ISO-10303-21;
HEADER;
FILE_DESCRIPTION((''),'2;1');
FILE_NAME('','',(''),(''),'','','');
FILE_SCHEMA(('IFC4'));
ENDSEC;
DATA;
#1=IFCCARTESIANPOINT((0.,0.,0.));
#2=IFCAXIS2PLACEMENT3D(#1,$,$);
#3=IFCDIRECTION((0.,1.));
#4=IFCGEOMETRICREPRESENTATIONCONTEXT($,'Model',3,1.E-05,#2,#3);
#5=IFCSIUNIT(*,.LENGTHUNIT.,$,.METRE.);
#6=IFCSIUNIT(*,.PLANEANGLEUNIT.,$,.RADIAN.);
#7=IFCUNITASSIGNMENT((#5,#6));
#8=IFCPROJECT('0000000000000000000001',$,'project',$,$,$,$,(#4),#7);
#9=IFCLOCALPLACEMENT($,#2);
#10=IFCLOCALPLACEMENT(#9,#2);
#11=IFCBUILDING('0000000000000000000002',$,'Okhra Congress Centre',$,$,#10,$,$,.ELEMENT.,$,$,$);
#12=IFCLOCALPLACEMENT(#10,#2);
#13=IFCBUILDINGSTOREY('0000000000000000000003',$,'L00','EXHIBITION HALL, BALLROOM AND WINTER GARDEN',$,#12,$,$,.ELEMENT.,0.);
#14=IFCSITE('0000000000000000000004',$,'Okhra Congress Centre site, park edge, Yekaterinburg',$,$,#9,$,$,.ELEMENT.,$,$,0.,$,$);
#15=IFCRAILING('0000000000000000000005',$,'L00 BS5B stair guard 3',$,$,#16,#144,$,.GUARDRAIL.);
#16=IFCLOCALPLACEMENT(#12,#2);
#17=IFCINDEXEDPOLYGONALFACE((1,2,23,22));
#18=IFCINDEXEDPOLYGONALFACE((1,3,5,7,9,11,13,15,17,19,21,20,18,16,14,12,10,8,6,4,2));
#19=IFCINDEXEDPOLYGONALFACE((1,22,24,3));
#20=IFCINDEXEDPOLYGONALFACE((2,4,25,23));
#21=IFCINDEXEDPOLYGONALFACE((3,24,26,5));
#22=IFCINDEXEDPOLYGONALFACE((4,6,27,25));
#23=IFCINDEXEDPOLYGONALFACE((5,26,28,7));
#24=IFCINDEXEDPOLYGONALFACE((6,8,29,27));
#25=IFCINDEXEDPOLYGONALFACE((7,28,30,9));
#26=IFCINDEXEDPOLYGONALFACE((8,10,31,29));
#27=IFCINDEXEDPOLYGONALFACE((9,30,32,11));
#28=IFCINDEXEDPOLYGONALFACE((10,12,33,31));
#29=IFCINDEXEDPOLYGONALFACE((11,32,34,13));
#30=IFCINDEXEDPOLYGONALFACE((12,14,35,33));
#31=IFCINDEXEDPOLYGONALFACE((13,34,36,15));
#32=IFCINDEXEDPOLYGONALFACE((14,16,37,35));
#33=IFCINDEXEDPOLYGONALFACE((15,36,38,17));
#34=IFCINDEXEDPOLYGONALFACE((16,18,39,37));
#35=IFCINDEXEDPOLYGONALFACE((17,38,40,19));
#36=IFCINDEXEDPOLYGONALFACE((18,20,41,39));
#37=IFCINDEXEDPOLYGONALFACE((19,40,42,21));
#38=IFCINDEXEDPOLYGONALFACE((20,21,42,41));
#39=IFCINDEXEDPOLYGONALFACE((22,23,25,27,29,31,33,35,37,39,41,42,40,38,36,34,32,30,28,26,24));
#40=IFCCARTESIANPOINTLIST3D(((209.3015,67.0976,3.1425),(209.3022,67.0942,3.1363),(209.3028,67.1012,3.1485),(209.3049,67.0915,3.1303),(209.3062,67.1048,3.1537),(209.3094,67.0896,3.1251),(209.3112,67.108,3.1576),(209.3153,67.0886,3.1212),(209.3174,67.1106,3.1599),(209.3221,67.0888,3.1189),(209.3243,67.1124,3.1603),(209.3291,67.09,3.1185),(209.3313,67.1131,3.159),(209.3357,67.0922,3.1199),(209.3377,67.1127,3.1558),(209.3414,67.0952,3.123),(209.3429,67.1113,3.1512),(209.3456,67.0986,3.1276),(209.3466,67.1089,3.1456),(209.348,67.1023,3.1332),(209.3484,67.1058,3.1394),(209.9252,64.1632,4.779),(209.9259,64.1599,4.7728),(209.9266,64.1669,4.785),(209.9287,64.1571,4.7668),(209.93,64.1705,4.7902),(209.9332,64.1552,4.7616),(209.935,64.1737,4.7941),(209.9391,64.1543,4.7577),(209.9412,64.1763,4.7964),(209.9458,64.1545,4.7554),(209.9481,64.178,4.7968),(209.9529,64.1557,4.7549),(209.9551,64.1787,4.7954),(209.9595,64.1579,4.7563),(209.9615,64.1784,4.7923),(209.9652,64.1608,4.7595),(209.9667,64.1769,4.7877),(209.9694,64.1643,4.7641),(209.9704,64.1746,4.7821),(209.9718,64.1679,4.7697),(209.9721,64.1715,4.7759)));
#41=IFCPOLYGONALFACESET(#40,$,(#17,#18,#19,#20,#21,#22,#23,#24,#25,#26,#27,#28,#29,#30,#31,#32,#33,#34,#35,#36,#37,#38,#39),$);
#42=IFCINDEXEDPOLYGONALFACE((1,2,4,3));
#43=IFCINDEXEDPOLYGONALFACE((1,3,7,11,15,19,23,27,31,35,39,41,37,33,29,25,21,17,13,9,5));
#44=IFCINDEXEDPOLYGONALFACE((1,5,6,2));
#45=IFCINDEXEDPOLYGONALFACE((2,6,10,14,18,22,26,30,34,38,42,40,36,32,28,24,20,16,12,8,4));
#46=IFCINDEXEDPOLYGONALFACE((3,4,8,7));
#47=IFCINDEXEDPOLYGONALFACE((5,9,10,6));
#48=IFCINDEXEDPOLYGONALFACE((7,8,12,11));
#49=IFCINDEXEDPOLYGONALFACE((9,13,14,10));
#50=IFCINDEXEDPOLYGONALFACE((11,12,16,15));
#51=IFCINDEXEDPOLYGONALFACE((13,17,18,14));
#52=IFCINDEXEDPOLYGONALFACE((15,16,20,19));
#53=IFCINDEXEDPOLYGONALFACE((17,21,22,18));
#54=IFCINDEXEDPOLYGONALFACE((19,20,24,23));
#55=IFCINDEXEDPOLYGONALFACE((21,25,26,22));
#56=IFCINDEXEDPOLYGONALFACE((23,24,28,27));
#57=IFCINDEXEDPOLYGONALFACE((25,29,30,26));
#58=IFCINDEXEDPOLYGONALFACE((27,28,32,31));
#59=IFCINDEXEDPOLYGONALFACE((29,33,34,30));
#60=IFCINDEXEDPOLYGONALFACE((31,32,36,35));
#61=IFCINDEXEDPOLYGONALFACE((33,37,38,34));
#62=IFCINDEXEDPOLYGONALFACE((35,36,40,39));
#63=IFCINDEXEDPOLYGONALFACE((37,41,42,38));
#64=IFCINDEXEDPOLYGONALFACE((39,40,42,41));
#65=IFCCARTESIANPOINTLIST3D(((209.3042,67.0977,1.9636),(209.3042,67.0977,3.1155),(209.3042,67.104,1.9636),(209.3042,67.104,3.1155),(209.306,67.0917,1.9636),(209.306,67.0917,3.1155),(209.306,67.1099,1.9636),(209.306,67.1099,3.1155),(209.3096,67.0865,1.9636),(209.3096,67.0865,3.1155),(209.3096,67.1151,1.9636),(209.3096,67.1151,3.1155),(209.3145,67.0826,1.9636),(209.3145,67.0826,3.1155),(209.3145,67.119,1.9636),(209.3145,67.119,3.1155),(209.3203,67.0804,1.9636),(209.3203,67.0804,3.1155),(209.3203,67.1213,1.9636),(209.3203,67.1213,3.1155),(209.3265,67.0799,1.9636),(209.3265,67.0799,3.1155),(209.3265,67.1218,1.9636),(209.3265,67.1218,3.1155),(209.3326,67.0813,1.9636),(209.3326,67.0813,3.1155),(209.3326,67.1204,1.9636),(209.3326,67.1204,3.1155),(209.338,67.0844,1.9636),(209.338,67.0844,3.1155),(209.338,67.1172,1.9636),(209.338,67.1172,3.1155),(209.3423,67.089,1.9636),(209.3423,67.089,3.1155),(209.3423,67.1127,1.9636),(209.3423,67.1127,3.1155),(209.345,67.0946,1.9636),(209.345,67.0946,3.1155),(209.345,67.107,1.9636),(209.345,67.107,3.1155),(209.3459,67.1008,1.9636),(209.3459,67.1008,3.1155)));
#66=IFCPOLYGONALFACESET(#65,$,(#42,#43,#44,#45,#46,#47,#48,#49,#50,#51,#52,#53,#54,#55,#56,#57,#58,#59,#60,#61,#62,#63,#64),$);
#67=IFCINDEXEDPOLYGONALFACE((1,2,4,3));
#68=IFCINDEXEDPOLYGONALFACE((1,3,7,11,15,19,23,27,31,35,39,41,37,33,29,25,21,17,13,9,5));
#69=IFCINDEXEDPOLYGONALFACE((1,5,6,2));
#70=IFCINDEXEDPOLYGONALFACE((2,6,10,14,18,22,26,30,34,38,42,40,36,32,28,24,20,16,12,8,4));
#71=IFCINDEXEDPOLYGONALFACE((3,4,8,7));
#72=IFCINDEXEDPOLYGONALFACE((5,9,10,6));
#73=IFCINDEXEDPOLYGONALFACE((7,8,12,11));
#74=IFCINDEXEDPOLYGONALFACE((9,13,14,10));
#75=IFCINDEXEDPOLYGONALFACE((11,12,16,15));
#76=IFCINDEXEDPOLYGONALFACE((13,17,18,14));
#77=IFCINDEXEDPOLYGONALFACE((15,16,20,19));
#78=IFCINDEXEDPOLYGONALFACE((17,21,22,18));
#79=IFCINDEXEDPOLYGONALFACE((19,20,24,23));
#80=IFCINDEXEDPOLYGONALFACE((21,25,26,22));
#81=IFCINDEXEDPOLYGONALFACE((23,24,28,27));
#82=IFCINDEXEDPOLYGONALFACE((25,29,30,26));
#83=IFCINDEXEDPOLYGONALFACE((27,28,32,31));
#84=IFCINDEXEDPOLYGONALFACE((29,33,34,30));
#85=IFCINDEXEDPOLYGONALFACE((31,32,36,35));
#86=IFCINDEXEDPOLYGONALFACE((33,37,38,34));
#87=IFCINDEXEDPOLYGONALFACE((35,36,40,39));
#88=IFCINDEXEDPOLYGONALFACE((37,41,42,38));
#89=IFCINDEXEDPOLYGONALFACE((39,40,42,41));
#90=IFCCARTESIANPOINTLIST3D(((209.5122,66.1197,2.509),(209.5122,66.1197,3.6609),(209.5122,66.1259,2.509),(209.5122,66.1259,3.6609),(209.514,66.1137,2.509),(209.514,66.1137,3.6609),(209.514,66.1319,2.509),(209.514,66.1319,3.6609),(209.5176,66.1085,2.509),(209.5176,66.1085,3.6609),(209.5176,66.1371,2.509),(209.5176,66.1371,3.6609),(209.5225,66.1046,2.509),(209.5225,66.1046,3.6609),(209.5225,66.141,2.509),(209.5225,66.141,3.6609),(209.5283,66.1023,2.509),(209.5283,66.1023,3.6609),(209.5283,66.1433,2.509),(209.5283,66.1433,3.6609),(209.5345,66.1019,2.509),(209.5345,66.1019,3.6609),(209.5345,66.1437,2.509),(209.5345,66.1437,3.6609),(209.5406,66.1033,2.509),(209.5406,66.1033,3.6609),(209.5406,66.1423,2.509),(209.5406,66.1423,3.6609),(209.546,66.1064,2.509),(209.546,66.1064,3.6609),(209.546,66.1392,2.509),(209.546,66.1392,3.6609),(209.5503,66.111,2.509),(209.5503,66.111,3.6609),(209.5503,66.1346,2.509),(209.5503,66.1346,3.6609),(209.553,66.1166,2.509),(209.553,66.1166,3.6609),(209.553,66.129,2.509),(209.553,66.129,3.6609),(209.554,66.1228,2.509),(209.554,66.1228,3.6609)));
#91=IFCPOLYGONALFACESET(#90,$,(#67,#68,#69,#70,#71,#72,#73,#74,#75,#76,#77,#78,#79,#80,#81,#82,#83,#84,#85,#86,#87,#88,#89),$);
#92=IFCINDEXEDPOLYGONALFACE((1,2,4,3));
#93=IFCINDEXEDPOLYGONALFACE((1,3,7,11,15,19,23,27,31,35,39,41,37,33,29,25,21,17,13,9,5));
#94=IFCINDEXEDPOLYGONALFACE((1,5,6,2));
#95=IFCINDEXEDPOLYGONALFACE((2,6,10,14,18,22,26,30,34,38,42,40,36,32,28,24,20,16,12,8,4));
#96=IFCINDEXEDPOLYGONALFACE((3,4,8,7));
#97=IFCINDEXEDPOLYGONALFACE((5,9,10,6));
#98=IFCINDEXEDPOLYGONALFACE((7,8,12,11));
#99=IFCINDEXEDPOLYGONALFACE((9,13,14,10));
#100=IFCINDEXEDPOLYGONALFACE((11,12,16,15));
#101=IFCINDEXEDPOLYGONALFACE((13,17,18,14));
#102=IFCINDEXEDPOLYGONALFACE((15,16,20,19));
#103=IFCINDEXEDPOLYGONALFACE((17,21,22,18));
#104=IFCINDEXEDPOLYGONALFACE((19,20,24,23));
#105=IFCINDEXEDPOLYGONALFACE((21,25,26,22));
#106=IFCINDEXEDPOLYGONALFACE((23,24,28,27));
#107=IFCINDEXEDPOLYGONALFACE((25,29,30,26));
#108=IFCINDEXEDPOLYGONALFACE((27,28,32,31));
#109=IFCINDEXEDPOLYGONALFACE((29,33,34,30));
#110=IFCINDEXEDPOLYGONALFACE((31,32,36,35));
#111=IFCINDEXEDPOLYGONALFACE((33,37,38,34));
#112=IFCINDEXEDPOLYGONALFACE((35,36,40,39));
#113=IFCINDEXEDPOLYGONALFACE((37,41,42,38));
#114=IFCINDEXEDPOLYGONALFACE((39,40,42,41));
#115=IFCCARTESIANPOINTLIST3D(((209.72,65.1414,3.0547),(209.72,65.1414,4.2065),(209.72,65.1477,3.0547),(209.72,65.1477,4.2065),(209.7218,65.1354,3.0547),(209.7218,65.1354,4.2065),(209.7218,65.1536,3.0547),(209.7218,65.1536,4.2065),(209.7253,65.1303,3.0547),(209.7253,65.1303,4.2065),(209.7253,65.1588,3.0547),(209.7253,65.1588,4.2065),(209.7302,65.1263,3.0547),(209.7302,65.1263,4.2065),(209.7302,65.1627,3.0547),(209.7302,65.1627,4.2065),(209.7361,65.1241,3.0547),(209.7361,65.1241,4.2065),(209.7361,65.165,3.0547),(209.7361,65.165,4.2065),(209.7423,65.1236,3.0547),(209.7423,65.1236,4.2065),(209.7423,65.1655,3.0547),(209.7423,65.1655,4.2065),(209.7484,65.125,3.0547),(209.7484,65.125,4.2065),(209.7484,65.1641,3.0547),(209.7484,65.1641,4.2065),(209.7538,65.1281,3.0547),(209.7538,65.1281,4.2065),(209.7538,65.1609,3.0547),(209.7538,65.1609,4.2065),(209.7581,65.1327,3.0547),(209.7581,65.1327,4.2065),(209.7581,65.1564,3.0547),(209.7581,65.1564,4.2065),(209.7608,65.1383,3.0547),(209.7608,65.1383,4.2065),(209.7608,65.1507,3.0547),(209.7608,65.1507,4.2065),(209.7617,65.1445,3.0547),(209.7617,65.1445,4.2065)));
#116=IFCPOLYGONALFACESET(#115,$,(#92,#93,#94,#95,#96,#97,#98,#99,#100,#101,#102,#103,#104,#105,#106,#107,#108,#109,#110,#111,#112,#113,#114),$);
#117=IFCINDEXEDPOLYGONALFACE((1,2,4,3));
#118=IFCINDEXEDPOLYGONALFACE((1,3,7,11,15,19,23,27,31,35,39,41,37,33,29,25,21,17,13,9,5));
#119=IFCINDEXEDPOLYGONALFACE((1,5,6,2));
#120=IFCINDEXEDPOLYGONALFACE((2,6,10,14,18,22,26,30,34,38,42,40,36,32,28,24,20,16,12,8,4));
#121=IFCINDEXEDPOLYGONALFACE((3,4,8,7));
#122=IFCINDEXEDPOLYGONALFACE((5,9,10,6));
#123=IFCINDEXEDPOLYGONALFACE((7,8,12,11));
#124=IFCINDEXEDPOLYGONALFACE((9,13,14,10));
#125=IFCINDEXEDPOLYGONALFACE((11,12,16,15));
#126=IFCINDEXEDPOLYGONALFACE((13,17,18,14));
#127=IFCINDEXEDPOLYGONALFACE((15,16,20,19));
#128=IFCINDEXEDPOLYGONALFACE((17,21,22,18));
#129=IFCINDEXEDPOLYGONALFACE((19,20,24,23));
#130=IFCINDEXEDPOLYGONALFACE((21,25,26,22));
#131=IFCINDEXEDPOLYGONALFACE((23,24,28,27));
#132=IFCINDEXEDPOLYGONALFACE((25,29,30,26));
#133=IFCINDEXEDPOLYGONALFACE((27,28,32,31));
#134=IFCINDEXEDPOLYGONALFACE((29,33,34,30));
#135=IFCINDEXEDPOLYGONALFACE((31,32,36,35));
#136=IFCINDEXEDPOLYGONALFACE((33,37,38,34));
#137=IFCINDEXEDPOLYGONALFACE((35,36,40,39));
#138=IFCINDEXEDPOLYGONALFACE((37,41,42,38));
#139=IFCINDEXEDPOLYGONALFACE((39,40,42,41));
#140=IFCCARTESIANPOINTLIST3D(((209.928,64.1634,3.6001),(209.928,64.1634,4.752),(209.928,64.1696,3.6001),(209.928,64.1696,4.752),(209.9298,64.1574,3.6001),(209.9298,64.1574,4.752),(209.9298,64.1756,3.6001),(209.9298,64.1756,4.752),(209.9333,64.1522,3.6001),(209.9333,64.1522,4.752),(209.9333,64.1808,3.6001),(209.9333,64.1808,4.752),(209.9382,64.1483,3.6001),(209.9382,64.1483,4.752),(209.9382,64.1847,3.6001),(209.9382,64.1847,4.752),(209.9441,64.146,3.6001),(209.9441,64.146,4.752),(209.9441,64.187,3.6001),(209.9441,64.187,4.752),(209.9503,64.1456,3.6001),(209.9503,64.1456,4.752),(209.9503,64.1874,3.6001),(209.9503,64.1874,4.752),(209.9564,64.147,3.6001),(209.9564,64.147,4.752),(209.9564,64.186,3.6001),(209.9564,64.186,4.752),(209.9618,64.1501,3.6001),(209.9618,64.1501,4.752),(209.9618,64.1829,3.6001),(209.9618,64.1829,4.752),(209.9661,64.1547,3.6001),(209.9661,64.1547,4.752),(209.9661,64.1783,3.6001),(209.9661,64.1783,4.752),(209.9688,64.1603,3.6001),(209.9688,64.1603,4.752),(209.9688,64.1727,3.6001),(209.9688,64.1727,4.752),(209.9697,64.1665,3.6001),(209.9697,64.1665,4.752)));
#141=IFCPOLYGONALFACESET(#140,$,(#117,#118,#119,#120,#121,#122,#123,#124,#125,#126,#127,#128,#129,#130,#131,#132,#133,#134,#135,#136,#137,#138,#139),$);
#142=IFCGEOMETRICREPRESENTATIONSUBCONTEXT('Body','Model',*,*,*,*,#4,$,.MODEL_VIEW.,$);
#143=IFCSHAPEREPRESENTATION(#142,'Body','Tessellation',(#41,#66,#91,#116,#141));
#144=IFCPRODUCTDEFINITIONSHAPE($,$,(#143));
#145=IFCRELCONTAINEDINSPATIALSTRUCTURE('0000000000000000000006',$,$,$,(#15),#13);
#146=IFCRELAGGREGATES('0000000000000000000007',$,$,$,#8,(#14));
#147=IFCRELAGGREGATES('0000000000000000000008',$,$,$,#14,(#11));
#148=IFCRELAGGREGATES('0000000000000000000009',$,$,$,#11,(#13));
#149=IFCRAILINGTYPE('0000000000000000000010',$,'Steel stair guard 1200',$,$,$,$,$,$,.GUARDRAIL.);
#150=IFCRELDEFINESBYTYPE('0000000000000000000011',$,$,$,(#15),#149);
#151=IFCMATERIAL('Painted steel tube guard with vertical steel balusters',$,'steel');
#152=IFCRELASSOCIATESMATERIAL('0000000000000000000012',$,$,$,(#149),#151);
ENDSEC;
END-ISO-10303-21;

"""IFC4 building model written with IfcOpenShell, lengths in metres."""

from ifc_helpers import new_model, si_unit, direction, frame, origin, origin_2d, place, context, subcontext, project, spatial, circle, extrude, material, type_object, element, save


model = new_model("IFC4")

# Units and contexts
model_context = context("Model", 3, precision=1e-05, world=origin(), true_north=direction((0.0, 1.0)))
body_context = subcontext(model_context, "Body", "Model", "MODEL_VIEW")
ifc_project = project(units=[si_unit("LENGTHUNIT", "METRE"), si_unit("PLANEANGLEUNIT", "RADIAN")], contexts=[model_context])

# Site, building, storey
site_placement = place(None, origin())
site = spatial("IfcSite", under=ifc_project, at=site_placement, Name="Okhra Congress Centre site, park edge, Yekaterinburg", CompositionType="ELEMENT", RefElevation=0.0)
building_placement = place(site_placement, origin())
building = spatial("IfcBuilding", under=site, at=building_placement, Name="Okhra Congress Centre", CompositionType="ELEMENT")
storey_placement = place(building_placement, origin())
storey = spatial("IfcBuildingStorey", under=building, at=storey_placement, Name="L00", Description="EXHIBITION HALL, BALLROOM AND WINTER GARDEN", CompositionType="ELEMENT", Elevation=0.0)

# Railing
ifc_material_1 = material(Name="Painted steel tube guard with vertical steel balusters", Category="steel")
railing_type_1 = type_object("IfcRailingType", Name="Steel stair guard 1200", PredefinedType="GUARDRAIL", material=ifc_material_1)
railing_1_placement = place(storey_placement, frame((209.325, 67.1008, 1.9636)))
element("IfcRailing", 1, at=railing_1_placement, inside=storey, type_object=railing_type_1, Name="L00 BS5B stair guard 3", PredefinedType="GUARDRAIL", context=body_context, shape_type="SweptSolid", body=[
    extrude(circle(Radius=0.0239, at=origin_2d()), frame((0.0, 0.0, 1.1758), z_axis=(0.18254, -0.858687, 0.47889), x_axis=(0.978143, 0.207934, 0.0)), (0.0, 0.0, 1.0), 3.4172),
    extrude(circle(Radius=0.021, at=origin_2d()), origin(), (0.0, 0.0, 1.0), 1.1519),
    extrude(circle(Radius=0.021, at=origin_2d()), frame((0.208, -0.978, 0.5454)), (0.0, 0.0, 1.0), 1.1519),
    extrude(circle(Radius=0.021, at=origin_2d()), frame((0.4158, -1.9563, 1.0911)), (0.0, 0.0, 1.0), 1.1519),
    extrude(circle(Radius=0.021, at=origin_2d()), frame((0.6238, -2.9343, 1.6365)), (0.0, 0.0, 1.0), 1.1519),
])

save(model, "model.ifc")
